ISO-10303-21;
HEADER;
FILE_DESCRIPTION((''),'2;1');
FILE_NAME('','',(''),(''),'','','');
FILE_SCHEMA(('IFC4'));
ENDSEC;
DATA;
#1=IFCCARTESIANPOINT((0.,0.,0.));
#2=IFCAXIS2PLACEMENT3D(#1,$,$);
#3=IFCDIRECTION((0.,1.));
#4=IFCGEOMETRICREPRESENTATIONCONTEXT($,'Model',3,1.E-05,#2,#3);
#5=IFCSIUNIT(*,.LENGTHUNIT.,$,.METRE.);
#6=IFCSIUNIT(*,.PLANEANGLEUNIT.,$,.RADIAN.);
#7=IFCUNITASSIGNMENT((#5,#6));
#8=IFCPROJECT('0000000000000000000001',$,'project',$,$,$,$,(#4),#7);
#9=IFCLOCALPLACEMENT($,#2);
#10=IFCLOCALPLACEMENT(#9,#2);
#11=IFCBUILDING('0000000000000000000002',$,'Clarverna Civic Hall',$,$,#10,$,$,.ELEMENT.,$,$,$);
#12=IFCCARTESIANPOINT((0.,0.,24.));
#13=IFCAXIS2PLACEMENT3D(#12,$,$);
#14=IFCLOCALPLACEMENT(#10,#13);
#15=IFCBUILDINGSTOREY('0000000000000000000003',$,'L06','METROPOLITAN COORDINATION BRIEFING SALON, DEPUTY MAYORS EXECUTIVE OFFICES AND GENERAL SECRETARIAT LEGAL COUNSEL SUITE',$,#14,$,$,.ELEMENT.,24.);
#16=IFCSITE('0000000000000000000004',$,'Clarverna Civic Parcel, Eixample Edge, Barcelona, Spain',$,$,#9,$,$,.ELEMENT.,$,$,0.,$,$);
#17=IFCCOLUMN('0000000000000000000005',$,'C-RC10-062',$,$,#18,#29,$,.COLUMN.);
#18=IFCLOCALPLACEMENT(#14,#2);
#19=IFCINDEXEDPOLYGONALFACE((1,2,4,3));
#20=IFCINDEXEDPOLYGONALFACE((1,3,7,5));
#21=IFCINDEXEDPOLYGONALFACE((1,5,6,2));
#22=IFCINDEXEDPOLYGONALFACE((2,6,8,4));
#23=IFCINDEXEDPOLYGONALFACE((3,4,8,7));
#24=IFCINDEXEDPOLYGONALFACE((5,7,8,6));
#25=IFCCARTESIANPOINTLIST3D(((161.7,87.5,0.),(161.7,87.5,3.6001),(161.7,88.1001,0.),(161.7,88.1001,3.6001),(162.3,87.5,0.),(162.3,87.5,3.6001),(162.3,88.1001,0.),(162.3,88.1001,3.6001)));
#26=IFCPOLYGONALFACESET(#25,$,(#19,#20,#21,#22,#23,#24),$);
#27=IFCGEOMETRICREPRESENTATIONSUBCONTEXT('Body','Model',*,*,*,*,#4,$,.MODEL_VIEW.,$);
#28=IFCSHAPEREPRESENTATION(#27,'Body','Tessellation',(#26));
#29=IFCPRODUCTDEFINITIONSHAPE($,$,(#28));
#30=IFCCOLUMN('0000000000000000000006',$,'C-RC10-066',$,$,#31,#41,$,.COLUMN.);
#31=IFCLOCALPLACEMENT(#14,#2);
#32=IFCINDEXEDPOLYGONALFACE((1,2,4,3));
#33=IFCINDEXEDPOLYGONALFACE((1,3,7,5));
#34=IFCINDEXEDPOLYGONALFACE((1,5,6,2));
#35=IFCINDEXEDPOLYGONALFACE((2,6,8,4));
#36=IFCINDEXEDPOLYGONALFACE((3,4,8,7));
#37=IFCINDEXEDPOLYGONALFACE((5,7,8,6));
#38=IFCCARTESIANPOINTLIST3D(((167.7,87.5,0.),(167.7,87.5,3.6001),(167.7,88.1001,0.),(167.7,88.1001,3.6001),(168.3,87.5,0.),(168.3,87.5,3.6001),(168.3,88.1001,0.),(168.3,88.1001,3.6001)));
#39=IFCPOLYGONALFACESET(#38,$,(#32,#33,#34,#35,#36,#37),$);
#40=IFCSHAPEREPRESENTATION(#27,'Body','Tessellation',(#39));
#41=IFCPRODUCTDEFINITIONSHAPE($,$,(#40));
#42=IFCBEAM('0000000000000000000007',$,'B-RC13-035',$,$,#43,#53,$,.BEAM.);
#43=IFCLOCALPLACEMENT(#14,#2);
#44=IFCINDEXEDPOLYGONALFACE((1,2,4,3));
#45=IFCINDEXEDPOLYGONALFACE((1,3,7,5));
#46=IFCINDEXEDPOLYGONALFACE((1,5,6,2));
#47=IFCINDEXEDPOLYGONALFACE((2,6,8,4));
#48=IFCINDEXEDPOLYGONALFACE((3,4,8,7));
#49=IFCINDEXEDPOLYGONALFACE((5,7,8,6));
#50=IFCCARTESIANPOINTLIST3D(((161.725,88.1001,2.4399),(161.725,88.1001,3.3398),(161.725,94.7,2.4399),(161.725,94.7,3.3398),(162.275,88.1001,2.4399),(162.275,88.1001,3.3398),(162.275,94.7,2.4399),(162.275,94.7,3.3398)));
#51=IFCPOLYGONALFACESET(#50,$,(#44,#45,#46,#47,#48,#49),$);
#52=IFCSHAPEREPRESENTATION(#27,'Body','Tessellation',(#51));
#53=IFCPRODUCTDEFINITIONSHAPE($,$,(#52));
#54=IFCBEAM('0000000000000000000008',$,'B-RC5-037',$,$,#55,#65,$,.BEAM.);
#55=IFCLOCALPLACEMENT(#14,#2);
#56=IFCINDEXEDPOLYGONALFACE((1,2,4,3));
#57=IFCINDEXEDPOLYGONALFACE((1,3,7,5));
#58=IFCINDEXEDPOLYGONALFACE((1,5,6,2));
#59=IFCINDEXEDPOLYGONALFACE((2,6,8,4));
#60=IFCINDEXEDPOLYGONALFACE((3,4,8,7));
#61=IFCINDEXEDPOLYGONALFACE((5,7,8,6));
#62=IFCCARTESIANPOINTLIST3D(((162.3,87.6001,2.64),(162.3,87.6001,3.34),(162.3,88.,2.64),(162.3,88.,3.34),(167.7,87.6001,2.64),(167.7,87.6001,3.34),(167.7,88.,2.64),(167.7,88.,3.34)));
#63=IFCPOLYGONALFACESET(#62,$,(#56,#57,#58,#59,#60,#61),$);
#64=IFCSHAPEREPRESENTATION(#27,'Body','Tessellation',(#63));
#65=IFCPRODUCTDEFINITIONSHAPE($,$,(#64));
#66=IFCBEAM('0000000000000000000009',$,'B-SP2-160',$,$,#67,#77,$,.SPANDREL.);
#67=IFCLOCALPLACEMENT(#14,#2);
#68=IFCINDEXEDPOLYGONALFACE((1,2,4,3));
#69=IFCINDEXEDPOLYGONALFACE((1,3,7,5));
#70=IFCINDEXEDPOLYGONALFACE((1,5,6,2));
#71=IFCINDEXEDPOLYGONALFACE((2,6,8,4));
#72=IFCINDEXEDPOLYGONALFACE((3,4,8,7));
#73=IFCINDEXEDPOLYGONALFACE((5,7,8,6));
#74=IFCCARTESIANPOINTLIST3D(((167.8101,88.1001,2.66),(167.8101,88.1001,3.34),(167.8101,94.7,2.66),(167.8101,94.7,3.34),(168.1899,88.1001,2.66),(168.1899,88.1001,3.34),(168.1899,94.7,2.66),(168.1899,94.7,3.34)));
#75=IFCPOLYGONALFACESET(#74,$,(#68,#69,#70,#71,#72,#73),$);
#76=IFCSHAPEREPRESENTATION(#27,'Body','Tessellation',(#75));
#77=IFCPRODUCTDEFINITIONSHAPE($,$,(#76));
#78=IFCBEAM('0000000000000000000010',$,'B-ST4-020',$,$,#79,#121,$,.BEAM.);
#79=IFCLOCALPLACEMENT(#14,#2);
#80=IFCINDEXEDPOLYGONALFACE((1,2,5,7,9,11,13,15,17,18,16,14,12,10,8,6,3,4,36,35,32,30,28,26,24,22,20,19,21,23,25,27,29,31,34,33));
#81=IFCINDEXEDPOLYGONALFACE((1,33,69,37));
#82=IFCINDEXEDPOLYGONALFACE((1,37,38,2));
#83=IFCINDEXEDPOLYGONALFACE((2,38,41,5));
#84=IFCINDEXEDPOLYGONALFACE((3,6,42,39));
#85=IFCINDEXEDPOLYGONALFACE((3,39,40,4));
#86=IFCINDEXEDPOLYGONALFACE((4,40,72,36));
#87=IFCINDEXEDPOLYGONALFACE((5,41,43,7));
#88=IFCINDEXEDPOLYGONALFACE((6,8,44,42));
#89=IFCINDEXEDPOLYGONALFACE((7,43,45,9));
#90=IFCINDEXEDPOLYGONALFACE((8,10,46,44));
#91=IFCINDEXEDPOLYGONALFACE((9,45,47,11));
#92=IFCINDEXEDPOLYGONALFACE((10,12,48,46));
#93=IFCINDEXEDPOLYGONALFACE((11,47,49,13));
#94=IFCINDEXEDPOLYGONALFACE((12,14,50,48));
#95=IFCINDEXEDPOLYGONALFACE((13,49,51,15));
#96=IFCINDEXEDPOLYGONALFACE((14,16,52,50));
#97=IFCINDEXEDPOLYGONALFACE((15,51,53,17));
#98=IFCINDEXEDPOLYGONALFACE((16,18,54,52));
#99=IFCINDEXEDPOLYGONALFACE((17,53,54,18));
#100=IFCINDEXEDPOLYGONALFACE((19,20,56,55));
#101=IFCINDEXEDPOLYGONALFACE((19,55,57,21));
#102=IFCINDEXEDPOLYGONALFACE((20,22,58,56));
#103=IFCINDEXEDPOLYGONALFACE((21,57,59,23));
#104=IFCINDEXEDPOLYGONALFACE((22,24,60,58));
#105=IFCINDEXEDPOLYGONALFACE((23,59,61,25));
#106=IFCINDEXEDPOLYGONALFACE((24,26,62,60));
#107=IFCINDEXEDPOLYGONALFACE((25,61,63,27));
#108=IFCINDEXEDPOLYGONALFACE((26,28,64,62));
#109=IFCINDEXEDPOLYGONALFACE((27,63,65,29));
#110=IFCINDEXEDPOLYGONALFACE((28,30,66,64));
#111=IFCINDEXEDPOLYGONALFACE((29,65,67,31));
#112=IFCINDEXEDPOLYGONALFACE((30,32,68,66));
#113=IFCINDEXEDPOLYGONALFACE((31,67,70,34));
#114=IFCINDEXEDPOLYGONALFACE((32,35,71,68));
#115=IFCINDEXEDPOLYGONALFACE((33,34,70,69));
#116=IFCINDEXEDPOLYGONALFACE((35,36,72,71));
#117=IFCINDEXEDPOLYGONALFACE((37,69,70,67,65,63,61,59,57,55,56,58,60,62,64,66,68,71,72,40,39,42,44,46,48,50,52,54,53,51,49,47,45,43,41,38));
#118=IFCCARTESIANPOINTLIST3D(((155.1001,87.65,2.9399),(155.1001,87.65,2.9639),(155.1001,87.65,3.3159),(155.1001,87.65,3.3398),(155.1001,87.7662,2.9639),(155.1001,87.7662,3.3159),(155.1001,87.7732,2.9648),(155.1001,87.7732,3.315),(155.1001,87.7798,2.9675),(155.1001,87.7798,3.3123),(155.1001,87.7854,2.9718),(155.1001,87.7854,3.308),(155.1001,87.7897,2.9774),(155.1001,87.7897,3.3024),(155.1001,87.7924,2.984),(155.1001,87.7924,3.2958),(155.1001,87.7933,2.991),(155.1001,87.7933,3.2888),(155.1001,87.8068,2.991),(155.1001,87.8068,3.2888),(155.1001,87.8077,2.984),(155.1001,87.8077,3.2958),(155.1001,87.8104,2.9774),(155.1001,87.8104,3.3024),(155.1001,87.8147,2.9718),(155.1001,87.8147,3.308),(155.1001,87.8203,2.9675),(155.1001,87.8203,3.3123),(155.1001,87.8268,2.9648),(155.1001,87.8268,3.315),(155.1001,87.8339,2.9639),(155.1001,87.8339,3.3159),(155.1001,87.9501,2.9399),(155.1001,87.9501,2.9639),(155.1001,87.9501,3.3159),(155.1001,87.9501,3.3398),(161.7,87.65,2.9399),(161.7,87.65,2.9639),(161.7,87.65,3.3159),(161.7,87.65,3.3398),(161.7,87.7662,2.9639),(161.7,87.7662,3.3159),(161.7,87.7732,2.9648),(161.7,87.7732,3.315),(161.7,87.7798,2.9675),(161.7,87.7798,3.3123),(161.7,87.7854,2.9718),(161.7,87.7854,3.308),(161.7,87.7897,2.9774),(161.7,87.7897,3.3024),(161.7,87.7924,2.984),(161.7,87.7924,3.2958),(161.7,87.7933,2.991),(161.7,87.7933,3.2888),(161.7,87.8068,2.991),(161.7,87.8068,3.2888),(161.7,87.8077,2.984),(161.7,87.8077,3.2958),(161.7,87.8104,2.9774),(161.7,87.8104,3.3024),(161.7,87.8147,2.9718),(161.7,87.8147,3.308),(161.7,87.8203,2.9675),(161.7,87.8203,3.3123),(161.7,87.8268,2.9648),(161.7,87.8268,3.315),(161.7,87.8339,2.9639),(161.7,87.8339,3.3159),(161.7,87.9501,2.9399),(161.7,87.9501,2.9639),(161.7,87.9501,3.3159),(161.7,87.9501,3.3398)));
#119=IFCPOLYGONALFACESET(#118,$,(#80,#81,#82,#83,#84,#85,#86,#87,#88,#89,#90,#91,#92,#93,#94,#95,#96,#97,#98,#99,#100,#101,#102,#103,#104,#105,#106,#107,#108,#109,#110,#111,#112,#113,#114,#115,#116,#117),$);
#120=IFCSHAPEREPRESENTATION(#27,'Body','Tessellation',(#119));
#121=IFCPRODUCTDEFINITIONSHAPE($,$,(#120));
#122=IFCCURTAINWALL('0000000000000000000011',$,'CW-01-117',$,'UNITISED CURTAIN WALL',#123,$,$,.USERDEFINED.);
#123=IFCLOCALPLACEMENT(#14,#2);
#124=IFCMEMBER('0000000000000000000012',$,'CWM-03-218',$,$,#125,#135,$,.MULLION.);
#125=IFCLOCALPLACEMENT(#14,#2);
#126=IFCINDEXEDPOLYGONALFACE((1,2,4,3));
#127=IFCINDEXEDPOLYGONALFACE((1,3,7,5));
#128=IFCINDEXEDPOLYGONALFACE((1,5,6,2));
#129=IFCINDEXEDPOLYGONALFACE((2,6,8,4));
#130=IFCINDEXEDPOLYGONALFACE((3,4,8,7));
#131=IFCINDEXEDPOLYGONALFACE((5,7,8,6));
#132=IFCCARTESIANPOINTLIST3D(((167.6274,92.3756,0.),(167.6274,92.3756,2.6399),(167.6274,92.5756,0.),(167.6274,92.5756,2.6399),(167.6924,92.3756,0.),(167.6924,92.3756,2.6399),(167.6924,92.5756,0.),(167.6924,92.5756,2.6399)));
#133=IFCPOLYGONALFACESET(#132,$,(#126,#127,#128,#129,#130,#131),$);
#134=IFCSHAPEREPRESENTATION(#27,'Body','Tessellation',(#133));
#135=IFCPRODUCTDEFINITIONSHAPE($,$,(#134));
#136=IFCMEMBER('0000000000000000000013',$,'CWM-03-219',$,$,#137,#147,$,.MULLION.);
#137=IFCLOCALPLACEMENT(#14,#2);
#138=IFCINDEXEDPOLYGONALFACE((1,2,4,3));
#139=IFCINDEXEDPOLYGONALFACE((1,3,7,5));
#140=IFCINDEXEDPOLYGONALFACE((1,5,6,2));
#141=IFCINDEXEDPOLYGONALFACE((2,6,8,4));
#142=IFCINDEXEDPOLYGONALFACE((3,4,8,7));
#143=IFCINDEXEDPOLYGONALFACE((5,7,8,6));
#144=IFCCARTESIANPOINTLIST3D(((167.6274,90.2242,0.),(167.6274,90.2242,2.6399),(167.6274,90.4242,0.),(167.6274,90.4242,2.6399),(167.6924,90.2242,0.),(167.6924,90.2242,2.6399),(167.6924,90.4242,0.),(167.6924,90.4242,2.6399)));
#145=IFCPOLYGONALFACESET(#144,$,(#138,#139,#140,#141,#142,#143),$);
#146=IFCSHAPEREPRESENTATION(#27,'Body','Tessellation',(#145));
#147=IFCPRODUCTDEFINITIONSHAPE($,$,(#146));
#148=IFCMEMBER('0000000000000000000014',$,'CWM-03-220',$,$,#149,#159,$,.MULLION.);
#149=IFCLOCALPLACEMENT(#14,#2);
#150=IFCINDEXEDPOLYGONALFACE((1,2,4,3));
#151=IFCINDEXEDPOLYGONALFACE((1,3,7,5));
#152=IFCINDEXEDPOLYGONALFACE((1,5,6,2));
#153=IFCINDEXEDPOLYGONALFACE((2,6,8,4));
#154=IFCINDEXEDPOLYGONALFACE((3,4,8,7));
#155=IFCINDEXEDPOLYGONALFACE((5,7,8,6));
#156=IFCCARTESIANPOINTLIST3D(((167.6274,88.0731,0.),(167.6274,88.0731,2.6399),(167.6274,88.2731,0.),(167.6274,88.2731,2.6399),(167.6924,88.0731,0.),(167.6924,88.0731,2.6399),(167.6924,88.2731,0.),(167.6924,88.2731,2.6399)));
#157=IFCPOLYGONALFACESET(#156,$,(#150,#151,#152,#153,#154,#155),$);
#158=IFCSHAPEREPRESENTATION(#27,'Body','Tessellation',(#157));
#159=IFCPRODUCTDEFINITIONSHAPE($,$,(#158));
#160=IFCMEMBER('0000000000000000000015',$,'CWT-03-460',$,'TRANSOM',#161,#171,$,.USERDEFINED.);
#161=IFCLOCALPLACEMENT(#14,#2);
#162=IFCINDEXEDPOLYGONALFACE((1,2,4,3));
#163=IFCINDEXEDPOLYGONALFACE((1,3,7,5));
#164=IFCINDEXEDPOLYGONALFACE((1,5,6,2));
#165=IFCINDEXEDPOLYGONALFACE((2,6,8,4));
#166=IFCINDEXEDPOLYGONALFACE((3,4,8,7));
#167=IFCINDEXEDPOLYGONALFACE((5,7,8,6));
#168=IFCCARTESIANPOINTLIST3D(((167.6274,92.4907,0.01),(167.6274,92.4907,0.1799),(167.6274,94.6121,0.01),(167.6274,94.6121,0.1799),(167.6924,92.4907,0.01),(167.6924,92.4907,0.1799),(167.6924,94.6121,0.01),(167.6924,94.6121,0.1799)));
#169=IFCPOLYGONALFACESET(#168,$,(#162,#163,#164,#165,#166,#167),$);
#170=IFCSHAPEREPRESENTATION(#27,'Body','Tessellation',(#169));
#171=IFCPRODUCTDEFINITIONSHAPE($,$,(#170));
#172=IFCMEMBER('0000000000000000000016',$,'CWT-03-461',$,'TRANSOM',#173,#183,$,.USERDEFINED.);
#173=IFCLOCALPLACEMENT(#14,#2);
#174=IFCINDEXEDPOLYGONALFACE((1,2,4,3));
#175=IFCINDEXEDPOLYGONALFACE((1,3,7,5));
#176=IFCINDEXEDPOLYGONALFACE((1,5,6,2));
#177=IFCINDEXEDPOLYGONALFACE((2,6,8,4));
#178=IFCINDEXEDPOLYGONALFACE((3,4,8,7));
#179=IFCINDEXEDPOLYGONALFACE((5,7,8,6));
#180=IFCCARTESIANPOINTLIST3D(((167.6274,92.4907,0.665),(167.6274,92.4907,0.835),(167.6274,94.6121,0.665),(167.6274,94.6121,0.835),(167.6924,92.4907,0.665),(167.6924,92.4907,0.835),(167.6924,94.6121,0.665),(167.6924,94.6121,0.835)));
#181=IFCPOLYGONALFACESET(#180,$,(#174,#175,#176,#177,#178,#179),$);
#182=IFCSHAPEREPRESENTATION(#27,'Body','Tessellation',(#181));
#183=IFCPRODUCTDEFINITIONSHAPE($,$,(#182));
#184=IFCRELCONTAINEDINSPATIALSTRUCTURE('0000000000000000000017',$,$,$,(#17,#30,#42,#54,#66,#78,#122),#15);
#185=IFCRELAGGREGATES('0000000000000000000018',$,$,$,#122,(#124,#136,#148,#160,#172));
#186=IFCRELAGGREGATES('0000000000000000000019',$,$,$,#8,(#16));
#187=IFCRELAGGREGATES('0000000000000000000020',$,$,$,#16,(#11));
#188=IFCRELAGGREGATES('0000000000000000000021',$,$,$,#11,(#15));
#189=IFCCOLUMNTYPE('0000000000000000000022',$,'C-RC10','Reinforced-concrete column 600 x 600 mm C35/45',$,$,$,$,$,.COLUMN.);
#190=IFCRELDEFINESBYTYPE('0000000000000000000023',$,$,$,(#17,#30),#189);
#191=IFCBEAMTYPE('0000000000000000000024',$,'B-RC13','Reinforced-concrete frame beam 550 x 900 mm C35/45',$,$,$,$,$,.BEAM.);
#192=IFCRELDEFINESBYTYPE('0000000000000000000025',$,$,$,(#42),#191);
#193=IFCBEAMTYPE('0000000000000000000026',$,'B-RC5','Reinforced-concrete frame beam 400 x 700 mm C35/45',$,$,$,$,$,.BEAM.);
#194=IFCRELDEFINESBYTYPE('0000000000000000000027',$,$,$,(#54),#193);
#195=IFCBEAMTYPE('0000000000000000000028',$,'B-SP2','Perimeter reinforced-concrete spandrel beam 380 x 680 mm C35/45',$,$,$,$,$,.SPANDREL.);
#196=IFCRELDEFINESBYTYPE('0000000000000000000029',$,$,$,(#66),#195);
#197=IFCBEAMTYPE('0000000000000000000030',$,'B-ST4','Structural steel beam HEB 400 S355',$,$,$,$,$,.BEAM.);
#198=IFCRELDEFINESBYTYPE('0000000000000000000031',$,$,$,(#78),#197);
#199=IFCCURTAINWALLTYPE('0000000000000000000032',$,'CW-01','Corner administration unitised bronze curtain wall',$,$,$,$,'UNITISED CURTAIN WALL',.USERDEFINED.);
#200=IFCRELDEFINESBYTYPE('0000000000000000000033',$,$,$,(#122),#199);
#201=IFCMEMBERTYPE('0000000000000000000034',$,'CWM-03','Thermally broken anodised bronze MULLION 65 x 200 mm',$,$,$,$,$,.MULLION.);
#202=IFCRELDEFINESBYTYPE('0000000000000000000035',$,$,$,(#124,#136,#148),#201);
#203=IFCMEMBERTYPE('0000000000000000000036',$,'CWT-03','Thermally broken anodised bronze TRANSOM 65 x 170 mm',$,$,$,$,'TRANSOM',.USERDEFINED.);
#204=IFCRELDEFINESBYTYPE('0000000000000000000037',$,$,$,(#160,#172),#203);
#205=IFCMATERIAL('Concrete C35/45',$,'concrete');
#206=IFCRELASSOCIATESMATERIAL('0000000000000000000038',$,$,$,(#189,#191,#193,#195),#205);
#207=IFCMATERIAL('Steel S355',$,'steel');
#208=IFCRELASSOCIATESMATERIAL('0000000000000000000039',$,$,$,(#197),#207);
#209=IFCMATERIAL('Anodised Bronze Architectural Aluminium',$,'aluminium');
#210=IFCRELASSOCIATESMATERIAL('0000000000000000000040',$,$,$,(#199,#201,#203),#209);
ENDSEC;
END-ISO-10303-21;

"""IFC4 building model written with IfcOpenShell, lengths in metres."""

from ifc_helpers import new_model, si_unit, direction, frame, origin, origin_2d, place, context, subcontext, project, spatial, rectangle, i_section, extrude, material, material_profile, profile_set, type_object, element, aggregate, save


model = new_model("IFC4")

# Units and contexts
model_context = context("Model", 3, precision=1e-05, world=origin(), true_north=direction((0.0, 1.0)))
body_context = subcontext(model_context, "Body", "Model", "MODEL_VIEW")
ifc_project = project(units=[si_unit("LENGTHUNIT", "METRE"), si_unit("PLANEANGLEUNIT", "RADIAN")], contexts=[model_context])

# Site, building, storey
site_placement = place(None, origin())
site = spatial("IfcSite", under=ifc_project, at=site_placement, Name="Clarverna Civic Parcel, Eixample Edge, Barcelona, Spain", CompositionType="ELEMENT", RefElevation=0.0)
building_placement = place(site_placement, origin())
building = spatial("IfcBuilding", under=site, at=building_placement, Name="Clarverna Civic Hall", CompositionType="ELEMENT")
storey_placement = place(building_placement, frame((0.0, 0.0, 24.0)))
storey = spatial("IfcBuildingStorey", under=building, at=storey_placement, Name="L06", Description="METROPOLITAN COORDINATION BRIEFING SALON, DEPUTY MAYORS EXECUTIVE OFFICES AND GENERAL SECRETARIAT LEGAL COUNSEL SUITE", CompositionType="ELEMENT", Elevation=24.0)

# Columns
ifc_material_1 = material(Name="Concrete C35/45", Category="concrete")
ifc_material_profile_1 = material_profile(ifc_material_1, rectangle(XDim=0.6001, YDim=0.6001, at=origin_2d()), Name="RC 600x600")
ifc_profile_set_1 = profile_set([ifc_material_profile_1], Name="Concrete C35/45")
column_type = type_object("IfcColumnType", Name="C-RC10", Description="Reinforced-concrete column 600 x 600 mm C35/45", PredefinedType="COLUMN", material=ifc_profile_set_1)
for number, where, z_axis, x_axis, name in (
    (1, (162.0, 87.8, 0.0), (0.0, 0.0, 1.0), (1.0, 0.0, 0.0), "C-RC10-062"),
    (2, (168.0, 87.8, 0.0), (0.0, 0.0, 1.0), (1.0, 0.0, 0.0), "C-RC10-066"),
):
    element("IfcColumn", number, at=place(storey_placement, frame(where, z_axis=z_axis, x_axis=x_axis)), inside=storey, type_object=column_type, Name=name, PredefinedType="COLUMN", context=body_context, shape_type="SweptSolid", body=[
        extrude(rectangle(XDim=0.6001, YDim=0.6001, at=origin_2d()), origin(), (0.0, 0.0, 1.0), 3.6001),
    ])

# Beams
ifc_material_profile_2 = material_profile(ifc_material_1, rectangle(XDim=0.55, YDim=0.8999, at=origin_2d()), Name="RC 550x900")
ifc_profile_set_2 = profile_set([ifc_material_profile_2], Name="Concrete C35/45")
beam_type_1 = type_object("IfcBeamType", Name="B-RC13", Description="Reinforced-concrete frame beam 550 x 900 mm C35/45", PredefinedType="BEAM", material=ifc_profile_set_2)
beam_1_placement = place(storey_placement, frame((162.0, 88.1001, 2.8899), z_axis=(0.0, 1.0, 0.0), x_axis=(-1.0, 0.0, 0.0)))
element("IfcBeam", 3, at=beam_1_placement, inside=storey, type_object=beam_type_1, Name="B-RC13-035", PredefinedType="BEAM", context=body_context, shape_type="SweptSolid", body=[
    extrude(rectangle(XDim=0.55, YDim=0.8999, at=origin_2d()), origin(), (0.0, 0.0, 1.0), 6.5999),
])
ifc_material_profile_3 = material_profile(ifc_material_1, rectangle(XDim=0.3999, YDim=0.7, at=origin_2d()), Name="RC 400x700")
ifc_profile_set_3 = profile_set([ifc_material_profile_3], Name="Concrete C35/45")
beam_type_2 = type_object("IfcBeamType", Name="B-RC5", Description="Reinforced-concrete frame beam 400 x 700 mm C35/45", PredefinedType="BEAM", material=ifc_profile_set_3)
beam_2_placement = place(storey_placement, frame((162.3, 87.8, 2.99), z_axis=(1.0, 0.0, 0.0), x_axis=(0.0, 1.0, 0.0)))
element("IfcBeam", 4, at=beam_2_placement, inside=storey, type_object=beam_type_2, Name="B-RC5-037", PredefinedType="BEAM", context=body_context, shape_type="SweptSolid", body=[
    extrude(rectangle(XDim=0.3999, YDim=0.7, at=origin_2d()), origin(), (0.0, 0.0, 1.0), 5.3999),
])
ifc_material_profile_4 = material_profile(ifc_material_1, rectangle(XDim=0.3799, YDim=0.6799, at=origin_2d()), Name="RC 380x680")
ifc_profile_set_4 = profile_set([ifc_material_profile_4], Name="Concrete C35/45")
beam_type_3 = type_object("IfcBeamType", Name="B-SP2", Description="Perimeter reinforced-concrete spandrel beam 380 x 680 mm C35/45", PredefinedType="SPANDREL", material=ifc_profile_set_4)
beam_3_placement = place(storey_placement, frame((168.0, 88.1001, 3.0), z_axis=(0.0, 1.0, 0.0), x_axis=(-1.0, 0.0, 0.0)))
element("IfcBeam", 5, at=beam_3_placement, inside=storey, type_object=beam_type_3, Name="B-SP2-160", PredefinedType="SPANDREL", context=body_context, shape_type="SweptSolid", body=[
    extrude(rectangle(XDim=0.3799, YDim=0.6799, at=origin_2d()), origin(), (0.0, 0.0, 1.0), 6.5999),
])
ifc_material_2 = material(Name="Steel S355", Category="steel")
ifc_material_profile_5 = material_profile(ifc_material_2, i_section(OverallWidth=0.3, OverallDepth=0.3999, WebThickness=0.0134, FlangeThickness=0.0239, FilletRadius=0.0271, at=origin_2d()), Name="HEB 400")
ifc_profile_set_5 = profile_set([ifc_material_profile_5], Name="Steel S355")
beam_type_4 = type_object("IfcBeamType", Name="B-ST4", Description="Structural steel beam HEB 400 S355", PredefinedType="BEAM", material=ifc_profile_set_5)
beam_4_placement = place(storey_placement, frame((155.1001, 87.8, 3.1399), z_axis=(1.0, 0.0, 0.0), x_axis=(0.0, 1.0, 0.0)))
element("IfcBeam", 6, at=beam_4_placement, inside=storey, type_object=beam_type_4, Name="B-ST4-020", PredefinedType="BEAM", context=body_context, shape_type="SweptSolid", body=[
    extrude(i_section(OverallWidth=0.3, OverallDepth=0.3999, WebThickness=0.0134, FlangeThickness=0.0239, FilletRadius=0.0271, at=origin_2d()), origin(), (0.0, 0.0, 1.0), 6.5999),
])

# Curtain wall, members
ifc_material_3 = material(Name="Anodised Bronze Architectural Aluminium", Category="aluminium")
curtain_wall_type = type_object("IfcCurtainWallType", Name="CW-01", Description="Corner administration unitised bronze curtain wall", ElementType="UNITISED CURTAIN WALL", PredefinedType="USERDEFINED", material=ifc_material_3)
curtain_wall_placement = place(storey_placement, origin())
curtain_wall = element("IfcCurtainWall", 7, at=curtain_wall_placement, inside=storey, type_object=curtain_wall_type, Name="CW-01-117", ObjectType="UNITISED CURTAIN WALL", PredefinedType="USERDEFINED")
ifc_material_profile_6 = material_profile(ifc_material_3, rectangle(XDim=0.0649, YDim=0.2, at=origin_2d()), Name="BRONZE 65x200")
ifc_profile_set_6 = profile_set([ifc_material_profile_6], Name="Anodised Bronze Architectural Aluminium")
member_type_1 = type_object("IfcMemberType", Name="CWM-03", Description="Thermally broken anodised bronze MULLION 65 x 200 mm", PredefinedType="MULLION", material=ifc_profile_set_6)
member_1_placement = place(storey_placement, frame((167.6599, 92.4756, 0.0), z_axis=(0.0, 0.0, 1.0), x_axis=(1.0, 0.0, 0.0)))
member_1 = element("IfcMember", 8, at=member_1_placement, type_object=member_type_1, Name="CWM-03-218", PredefinedType="MULLION", context=body_context, shape_type="SweptSolid", body=[
    extrude(rectangle(XDim=0.0649, YDim=0.2, at=origin_2d()), origin(), (0.0, 0.0, 1.0), 2.6399),
])
member_2_placement = place(storey_placement, frame((167.6599, 90.3242, 0.0), z_axis=(0.0, 0.0, 1.0), x_axis=(1.0, 0.0, 0.0)))
member_2 = element("IfcMember", 9, at=member_2_placement, type_object=member_type_1, Name="CWM-03-219", PredefinedType="MULLION", context=body_context, shape_type="SweptSolid", body=[
    extrude(rectangle(XDim=0.0649, YDim=0.2, at=origin_2d()), origin(), (0.0, 0.0, 1.0), 2.6399),
])
member_3_placement = place(storey_placement, frame((167.6599, 88.1731, 0.0), z_axis=(0.0, 0.0, 1.0), x_axis=(1.0, 0.0, 0.0)))
member_3 = element("IfcMember", 10, at=member_3_placement, type_object=member_type_1, Name="CWM-03-220", PredefinedType="MULLION", context=body_context, shape_type="SweptSolid", body=[
    extrude(rectangle(XDim=0.0649, YDim=0.2, at=origin_2d()), origin(), (0.0, 0.0, 1.0), 2.6399),
])
ifc_material_profile_7 = material_profile(ifc_material_3, rectangle(XDim=0.0649, YDim=0.1699, at=origin_2d()), Name="BRONZE 65x170")
ifc_profile_set_7 = profile_set([ifc_material_profile_7], Name="Anodised Bronze Architectural Aluminium")
member_type_2 = type_object("IfcMemberType", Name="CWT-03", Description="Thermally broken anodised bronze TRANSOM 65 x 170 mm", ElementType="TRANSOM", PredefinedType="USERDEFINED", material=ifc_profile_set_7)
member_4_placement = place(storey_placement, frame((167.6599, 94.6121, 0.095), z_axis=(0.0, -1.0, 0.0), x_axis=(1.0, 0.0, 0.0)))
member_4 = element("IfcMember", 11, at=member_4_placement, type_object=member_type_2, Name="CWT-03-460", ObjectType="TRANSOM", PredefinedType="USERDEFINED", context=body_context, shape_type="SweptSolid", body=[
    extrude(rectangle(XDim=0.0649, YDim=0.1699, at=origin_2d()), origin(), (0.0, 0.0, 1.0), 2.1213),
])
member_5_placement = place(storey_placement, frame((167.6599, 94.6121, 0.75), z_axis=(0.0, -1.0, 0.0), x_axis=(1.0, 0.0, 0.0)))
member_5 = element("IfcMember", 12, at=member_5_placement, type_object=member_type_2, Name="CWT-03-461", ObjectType="TRANSOM", PredefinedType="USERDEFINED", context=body_context, shape_type="SweptSolid", body=[
    extrude(rectangle(XDim=0.0649, YDim=0.1699, at=origin_2d()), origin(), (0.0, 0.0, 1.0), 2.1213),
])

aggregate(curtain_wall, [member_1, member_2, member_3, member_4, member_5])

save(model, "model.ifc")
